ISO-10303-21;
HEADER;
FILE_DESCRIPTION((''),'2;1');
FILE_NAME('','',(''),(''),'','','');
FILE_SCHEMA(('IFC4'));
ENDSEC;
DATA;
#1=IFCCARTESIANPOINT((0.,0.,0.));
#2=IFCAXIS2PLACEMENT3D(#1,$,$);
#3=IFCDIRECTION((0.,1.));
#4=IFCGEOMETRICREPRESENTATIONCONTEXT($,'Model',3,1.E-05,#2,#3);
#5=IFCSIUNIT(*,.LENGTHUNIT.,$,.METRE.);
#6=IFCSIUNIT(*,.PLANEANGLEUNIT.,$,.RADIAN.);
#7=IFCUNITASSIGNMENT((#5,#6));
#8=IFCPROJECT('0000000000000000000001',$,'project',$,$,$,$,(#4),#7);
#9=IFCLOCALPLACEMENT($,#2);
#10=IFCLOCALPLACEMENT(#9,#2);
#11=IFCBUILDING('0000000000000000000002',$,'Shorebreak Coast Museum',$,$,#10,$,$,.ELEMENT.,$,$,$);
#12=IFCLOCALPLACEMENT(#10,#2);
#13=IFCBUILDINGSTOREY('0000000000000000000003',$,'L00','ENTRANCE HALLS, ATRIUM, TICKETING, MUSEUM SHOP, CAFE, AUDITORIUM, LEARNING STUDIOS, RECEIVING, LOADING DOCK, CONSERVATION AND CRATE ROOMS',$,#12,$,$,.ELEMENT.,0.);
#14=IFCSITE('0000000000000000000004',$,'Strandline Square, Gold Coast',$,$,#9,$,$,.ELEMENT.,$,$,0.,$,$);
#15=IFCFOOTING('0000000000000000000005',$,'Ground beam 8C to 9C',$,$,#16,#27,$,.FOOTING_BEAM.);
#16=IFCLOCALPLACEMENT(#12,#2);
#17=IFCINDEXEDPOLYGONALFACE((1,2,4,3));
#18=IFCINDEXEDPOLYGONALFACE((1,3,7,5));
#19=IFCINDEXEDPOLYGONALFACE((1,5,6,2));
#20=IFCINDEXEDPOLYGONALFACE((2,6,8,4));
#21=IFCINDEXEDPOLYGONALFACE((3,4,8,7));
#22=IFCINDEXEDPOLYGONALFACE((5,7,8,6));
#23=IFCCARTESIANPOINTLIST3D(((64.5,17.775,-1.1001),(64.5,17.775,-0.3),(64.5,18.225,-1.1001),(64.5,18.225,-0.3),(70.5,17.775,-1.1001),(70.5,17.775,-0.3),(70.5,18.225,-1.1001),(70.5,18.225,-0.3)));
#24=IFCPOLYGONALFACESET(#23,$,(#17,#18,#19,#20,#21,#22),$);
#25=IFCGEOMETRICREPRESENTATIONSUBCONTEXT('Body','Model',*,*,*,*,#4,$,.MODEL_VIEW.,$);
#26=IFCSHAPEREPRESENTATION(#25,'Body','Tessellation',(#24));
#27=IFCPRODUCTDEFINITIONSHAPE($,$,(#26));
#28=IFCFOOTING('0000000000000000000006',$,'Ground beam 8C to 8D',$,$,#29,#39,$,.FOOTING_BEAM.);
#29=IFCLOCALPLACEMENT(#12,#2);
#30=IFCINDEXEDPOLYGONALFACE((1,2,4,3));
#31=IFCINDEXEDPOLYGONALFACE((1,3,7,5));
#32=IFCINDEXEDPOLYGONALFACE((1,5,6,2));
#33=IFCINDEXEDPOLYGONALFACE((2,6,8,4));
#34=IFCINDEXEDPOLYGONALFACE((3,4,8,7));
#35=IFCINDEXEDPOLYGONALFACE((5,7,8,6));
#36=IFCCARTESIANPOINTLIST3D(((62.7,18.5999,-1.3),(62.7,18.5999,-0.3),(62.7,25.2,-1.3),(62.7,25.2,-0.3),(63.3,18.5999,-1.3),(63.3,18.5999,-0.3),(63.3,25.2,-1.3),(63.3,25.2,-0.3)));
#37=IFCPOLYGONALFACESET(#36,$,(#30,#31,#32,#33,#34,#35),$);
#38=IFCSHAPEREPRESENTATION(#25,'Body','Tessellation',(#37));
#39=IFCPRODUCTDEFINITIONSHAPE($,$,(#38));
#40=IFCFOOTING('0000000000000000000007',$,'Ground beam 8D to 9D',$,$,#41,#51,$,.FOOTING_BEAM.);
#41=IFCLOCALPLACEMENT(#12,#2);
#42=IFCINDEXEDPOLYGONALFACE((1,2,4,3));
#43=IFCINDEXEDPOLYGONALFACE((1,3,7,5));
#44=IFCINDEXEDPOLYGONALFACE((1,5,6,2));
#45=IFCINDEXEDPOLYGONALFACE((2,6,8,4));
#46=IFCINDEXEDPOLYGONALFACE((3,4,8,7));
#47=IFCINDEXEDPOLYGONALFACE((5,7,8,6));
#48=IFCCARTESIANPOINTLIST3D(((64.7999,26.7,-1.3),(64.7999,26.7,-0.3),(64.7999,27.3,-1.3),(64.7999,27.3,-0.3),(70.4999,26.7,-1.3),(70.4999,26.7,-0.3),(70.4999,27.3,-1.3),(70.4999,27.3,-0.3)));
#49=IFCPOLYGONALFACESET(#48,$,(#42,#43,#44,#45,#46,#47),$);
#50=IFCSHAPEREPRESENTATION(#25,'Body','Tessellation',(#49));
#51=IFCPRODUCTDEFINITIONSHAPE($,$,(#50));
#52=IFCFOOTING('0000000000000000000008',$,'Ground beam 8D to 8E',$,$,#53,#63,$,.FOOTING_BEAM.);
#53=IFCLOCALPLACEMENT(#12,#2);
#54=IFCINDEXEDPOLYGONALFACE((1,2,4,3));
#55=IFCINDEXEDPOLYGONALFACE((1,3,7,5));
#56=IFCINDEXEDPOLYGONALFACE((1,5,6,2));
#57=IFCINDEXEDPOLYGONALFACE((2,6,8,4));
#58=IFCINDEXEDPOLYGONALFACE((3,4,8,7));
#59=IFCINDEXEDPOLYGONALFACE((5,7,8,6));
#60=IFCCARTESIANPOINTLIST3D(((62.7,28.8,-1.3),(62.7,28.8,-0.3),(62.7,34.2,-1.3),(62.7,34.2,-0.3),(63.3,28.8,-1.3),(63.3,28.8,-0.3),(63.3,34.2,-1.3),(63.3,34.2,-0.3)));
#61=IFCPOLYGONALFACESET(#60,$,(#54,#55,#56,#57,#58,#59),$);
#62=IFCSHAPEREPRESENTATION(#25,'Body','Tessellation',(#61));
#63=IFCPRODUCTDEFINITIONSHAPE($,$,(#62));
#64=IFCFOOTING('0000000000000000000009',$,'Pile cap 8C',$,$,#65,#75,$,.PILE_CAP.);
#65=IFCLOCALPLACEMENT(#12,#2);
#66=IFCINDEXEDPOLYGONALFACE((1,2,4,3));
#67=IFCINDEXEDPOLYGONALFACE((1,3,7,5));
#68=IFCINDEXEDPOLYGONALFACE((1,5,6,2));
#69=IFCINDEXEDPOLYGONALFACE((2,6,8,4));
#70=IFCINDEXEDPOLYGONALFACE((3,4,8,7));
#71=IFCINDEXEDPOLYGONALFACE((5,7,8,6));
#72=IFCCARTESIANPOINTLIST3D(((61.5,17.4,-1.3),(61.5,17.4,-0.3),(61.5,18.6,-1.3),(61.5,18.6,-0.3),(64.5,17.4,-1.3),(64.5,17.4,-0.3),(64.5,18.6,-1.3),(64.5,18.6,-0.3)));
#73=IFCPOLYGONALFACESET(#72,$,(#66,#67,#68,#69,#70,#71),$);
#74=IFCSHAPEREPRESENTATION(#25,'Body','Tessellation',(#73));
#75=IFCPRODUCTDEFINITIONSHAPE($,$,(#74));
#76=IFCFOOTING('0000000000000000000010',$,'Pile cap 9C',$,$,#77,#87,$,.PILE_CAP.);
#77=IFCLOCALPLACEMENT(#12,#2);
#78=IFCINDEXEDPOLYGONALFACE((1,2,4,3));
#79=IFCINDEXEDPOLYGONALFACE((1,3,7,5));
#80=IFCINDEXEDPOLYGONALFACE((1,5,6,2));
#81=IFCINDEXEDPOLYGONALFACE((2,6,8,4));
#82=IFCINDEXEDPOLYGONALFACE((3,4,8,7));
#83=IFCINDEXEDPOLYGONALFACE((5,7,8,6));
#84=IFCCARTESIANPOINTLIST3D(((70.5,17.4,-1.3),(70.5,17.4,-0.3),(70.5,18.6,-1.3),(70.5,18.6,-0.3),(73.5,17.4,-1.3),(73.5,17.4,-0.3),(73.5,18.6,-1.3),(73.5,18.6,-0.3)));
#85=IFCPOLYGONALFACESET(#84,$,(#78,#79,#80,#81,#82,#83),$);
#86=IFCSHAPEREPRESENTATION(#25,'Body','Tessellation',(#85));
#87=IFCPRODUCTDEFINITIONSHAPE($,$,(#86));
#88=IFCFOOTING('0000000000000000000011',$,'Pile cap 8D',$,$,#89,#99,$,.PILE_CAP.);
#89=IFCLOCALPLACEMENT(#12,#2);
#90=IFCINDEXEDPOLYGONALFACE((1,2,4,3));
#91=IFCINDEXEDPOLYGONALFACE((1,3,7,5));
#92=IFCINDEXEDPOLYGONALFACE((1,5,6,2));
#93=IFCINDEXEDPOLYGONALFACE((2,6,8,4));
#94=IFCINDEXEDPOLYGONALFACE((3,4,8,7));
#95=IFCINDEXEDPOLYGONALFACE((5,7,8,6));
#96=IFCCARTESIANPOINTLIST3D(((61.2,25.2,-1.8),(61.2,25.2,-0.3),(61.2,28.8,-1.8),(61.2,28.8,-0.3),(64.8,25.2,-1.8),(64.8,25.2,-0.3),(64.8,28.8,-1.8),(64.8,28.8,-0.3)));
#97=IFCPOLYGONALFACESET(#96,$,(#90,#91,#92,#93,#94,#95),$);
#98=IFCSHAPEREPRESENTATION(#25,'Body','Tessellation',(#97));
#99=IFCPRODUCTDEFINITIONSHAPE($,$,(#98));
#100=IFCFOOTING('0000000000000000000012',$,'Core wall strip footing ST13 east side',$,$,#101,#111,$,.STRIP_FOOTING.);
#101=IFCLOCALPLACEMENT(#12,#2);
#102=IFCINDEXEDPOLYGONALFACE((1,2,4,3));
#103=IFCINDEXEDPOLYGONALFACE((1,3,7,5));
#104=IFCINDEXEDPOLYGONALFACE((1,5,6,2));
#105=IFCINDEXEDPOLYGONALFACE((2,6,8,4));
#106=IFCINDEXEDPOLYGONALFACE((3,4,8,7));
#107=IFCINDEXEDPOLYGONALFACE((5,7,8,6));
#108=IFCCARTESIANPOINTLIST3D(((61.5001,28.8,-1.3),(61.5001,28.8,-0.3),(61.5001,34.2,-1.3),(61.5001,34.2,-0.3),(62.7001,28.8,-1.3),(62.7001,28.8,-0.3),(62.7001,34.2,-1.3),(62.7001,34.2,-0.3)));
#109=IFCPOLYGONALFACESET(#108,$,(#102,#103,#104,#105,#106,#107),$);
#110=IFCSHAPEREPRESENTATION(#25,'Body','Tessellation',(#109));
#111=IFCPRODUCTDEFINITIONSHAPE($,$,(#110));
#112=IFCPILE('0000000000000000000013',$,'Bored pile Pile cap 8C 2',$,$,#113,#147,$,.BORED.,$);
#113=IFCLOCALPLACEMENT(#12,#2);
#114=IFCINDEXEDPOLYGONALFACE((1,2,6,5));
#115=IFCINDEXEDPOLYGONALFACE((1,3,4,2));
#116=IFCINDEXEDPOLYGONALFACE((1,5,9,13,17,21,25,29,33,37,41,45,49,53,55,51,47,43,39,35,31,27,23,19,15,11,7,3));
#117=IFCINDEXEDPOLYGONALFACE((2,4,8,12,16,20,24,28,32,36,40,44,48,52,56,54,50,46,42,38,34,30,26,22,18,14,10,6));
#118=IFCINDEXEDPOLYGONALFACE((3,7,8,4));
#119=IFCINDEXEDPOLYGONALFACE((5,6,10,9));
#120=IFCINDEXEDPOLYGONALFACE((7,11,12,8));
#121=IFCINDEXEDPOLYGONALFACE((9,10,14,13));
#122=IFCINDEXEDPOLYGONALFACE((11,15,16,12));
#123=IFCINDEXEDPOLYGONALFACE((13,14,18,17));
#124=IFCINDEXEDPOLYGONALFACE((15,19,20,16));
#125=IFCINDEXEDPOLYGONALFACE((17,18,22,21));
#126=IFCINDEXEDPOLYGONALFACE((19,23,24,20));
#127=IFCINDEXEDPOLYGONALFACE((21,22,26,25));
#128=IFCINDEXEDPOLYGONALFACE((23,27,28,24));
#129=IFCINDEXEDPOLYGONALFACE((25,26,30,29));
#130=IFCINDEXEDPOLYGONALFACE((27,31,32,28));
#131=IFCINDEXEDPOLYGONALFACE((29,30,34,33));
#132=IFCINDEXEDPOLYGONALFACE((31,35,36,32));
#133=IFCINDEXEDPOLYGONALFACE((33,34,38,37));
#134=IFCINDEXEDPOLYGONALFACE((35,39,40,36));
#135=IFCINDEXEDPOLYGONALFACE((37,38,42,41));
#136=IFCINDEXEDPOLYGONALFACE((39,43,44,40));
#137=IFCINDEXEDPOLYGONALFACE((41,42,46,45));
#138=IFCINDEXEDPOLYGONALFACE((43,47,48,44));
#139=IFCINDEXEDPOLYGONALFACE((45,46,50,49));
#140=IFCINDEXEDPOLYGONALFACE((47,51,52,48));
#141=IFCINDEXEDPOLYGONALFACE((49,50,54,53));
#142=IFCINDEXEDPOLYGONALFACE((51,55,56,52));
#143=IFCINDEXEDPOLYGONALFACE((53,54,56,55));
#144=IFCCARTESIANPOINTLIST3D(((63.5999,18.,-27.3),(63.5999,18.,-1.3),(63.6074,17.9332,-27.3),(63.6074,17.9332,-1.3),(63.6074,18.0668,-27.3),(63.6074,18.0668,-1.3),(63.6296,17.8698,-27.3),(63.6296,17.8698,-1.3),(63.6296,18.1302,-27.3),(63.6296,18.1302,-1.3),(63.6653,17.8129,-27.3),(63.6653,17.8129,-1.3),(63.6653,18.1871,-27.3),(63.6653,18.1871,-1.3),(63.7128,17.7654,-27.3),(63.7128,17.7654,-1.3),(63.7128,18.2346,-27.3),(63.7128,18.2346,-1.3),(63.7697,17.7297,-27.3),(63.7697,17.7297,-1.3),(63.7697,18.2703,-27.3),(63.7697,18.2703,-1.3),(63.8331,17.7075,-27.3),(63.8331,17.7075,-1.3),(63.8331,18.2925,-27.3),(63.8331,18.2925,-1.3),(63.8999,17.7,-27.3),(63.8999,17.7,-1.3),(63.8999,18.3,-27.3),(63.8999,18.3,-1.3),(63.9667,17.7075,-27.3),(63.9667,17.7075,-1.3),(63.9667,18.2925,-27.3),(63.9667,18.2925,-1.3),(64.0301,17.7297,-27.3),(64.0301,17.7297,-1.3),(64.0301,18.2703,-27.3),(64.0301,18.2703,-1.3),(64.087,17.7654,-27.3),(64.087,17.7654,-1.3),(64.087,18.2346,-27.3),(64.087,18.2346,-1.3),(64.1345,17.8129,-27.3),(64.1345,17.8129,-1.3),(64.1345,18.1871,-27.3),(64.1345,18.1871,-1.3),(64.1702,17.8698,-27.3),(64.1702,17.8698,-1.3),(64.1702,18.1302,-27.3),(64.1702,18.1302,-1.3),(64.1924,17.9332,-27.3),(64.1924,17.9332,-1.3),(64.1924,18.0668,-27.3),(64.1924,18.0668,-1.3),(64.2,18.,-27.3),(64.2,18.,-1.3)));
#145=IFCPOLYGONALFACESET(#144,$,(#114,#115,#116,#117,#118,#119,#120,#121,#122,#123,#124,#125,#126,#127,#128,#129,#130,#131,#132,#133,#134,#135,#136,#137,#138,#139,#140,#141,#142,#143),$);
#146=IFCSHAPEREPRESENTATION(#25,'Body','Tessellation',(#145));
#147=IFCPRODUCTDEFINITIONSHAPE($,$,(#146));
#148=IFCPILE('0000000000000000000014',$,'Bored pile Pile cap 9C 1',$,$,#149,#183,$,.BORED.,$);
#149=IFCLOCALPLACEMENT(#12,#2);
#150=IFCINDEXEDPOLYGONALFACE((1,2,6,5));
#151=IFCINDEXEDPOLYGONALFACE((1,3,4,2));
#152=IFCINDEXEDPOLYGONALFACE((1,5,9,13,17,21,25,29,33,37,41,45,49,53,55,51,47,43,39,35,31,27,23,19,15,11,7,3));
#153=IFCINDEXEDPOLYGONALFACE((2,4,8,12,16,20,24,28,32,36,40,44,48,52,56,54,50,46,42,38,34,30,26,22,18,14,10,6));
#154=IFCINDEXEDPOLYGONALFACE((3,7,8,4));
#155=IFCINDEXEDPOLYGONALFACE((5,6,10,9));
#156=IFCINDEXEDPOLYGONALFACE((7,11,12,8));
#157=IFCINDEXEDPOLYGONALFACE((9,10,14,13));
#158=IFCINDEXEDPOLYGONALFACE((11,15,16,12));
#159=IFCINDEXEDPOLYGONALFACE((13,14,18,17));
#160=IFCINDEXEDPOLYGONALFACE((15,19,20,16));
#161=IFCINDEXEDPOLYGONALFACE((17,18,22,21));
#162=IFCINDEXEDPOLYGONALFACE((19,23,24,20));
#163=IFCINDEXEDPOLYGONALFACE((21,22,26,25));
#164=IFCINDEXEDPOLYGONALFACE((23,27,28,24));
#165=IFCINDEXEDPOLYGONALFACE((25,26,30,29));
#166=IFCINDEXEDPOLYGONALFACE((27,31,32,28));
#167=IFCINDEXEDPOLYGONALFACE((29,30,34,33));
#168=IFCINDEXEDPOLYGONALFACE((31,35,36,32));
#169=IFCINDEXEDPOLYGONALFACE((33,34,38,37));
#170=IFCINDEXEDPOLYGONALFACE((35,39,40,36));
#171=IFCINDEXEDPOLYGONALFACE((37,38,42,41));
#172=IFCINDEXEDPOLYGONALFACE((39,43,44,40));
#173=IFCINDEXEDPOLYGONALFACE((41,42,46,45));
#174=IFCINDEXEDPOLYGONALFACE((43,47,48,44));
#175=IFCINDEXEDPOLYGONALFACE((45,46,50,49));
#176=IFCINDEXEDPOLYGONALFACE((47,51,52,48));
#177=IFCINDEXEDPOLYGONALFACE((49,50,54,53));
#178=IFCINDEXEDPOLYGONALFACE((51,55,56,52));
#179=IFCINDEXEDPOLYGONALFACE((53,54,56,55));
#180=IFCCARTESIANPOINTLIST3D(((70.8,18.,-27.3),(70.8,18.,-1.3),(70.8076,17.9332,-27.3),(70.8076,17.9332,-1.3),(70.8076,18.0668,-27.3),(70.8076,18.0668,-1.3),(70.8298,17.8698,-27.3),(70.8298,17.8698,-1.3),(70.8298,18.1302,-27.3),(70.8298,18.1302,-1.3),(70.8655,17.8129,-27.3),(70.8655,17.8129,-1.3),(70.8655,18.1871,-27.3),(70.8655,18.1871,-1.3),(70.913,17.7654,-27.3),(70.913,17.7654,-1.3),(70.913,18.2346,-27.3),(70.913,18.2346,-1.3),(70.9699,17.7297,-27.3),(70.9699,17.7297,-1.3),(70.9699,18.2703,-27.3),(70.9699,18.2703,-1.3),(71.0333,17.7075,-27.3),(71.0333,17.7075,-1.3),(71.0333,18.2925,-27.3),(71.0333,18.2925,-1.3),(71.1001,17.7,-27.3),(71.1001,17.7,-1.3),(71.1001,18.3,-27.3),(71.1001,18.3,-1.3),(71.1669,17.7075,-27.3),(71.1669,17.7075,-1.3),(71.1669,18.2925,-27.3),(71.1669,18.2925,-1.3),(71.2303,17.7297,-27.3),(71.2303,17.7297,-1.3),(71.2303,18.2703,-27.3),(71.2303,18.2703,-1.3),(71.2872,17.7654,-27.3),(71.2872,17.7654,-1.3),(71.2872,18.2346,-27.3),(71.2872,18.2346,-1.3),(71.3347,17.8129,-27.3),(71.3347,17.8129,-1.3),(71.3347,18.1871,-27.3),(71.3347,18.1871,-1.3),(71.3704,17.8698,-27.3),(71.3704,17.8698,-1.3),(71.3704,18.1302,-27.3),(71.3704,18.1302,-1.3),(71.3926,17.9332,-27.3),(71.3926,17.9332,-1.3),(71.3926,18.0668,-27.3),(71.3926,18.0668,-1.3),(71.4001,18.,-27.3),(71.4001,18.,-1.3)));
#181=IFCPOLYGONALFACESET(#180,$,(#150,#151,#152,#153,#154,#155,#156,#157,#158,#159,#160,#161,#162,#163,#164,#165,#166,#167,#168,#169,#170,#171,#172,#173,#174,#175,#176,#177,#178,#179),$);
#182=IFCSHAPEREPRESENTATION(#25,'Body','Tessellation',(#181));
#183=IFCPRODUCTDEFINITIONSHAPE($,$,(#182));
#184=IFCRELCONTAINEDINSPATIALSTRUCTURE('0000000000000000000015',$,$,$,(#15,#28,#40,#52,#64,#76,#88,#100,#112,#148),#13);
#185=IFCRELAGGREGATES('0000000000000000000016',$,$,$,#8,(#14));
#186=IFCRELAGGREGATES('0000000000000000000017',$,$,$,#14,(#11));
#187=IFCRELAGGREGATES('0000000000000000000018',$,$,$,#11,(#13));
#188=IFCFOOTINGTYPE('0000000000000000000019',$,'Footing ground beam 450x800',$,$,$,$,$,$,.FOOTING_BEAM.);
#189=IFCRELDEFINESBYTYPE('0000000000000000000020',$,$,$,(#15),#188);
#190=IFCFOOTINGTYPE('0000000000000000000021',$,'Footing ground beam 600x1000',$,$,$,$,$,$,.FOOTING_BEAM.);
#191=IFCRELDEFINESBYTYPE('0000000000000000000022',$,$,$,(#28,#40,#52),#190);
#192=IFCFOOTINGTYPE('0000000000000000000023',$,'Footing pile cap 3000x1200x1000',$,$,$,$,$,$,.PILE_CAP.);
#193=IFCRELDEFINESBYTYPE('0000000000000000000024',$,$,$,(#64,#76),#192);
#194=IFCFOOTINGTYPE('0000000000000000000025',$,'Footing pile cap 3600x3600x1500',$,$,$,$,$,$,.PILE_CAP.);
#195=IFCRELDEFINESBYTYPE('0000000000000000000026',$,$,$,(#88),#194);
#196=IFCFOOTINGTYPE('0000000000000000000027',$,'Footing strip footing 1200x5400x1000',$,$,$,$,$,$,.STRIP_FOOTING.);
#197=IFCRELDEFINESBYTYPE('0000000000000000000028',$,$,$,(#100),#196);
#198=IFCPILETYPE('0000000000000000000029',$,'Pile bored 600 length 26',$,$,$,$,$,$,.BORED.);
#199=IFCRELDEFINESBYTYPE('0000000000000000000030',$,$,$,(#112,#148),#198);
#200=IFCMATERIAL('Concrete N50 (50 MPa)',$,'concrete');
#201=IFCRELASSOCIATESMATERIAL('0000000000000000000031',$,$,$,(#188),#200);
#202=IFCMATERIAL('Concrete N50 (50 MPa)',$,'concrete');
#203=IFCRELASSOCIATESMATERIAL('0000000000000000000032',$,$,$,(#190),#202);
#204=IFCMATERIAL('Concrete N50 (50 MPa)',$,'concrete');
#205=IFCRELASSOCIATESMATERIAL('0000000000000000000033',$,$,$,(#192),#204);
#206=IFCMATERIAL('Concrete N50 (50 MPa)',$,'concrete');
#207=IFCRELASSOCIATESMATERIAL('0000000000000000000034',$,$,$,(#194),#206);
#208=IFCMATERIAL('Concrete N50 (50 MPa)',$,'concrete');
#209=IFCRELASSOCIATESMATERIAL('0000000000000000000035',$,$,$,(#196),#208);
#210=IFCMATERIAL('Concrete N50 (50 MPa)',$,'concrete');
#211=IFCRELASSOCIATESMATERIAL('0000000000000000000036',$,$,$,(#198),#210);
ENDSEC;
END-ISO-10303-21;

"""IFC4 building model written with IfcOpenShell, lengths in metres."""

from ifc_helpers import new_model, si_unit, direction, frame, origin, origin_2d, place, context, subcontext, project, spatial, rectangle, circle, extrude, material, material_profile, profile_set, type_object, element, save


model = new_model("IFC4")

# Units and contexts
model_context = context("Model", 3, precision=1e-05, world=origin(), true_north=direction((0.0, 1.0)))
body_context = subcontext(model_context, "Body", "Model", "MODEL_VIEW")
ifc_project = project(units=[si_unit("LENGTHUNIT", "METRE"), si_unit("PLANEANGLEUNIT", "RADIAN")], contexts=[model_context])

# Site, building, storey
site_placement = place(None, origin())
site = spatial("IfcSite", under=ifc_project, at=site_placement, Name="Strandline Square, Gold Coast", CompositionType="ELEMENT", RefElevation=0.0)
building_placement = place(site_placement, origin())
building = spatial("IfcBuilding", under=site, at=building_placement, Name="Shorebreak Coast Museum", CompositionType="ELEMENT")
storey_placement = place(building_placement, origin())
storey = spatial("IfcBuildingStorey", under=building, at=storey_placement, Name="L00", Description="ENTRANCE HALLS, ATRIUM, TICKETING, MUSEUM SHOP, CAFE, AUDITORIUM, LEARNING STUDIOS, RECEIVING, LOADING DOCK, CONSERVATION AND CRATE ROOMS", CompositionType="ELEMENT", Elevation=0.0)

# Footings
ifc_material_1 = material(Name="Concrete N50 (50 MPa)", Category="concrete")
footing_type_1 = type_object("IfcFootingType", Name="Footing ground beam 450x800", PredefinedType="FOOTING_BEAM", material=ifc_material_1)
footing_1_placement = place(storey_placement, frame((67.5, 18.0, -1.1001), z_axis=(0.0, 0.0, 1.0), x_axis=(1.0, 0.0, 0.0)))
element("IfcFooting", 1, at=footing_1_placement, inside=storey, type_object=footing_type_1, Name="Ground beam 8C to 9C", PredefinedType="FOOTING_BEAM", context=body_context, shape_type="SweptSolid", body=[
    extrude(rectangle(XDim=6.0, YDim=0.45, at=origin_2d()), origin(), (0.0, 0.0, 1.0), 0.8),
])
ifc_material_2 = material(Name="Concrete N50 (50 MPa)", Category="concrete")
footing_type_2 = type_object("IfcFootingType", Name="Footing ground beam 600x1000", PredefinedType="FOOTING_BEAM", material=ifc_material_2)
footing_2_placement = place(storey_placement, frame((63.0, 21.8999, -1.3), z_axis=(0.0, 0.0, 1.0), x_axis=(1.0, 0.0, 0.0)))
element("IfcFooting", 2, at=footing_2_placement, inside=storey, type_object=footing_type_2, Name="Ground beam 8C to 8D", PredefinedType="FOOTING_BEAM", context=body_context, shape_type="SweptSolid", body=[
    extrude(rectangle(XDim=0.6001, YDim=6.6001, at=origin_2d()), origin(), (0.0, 0.0, 1.0), 1.0),
])
footing_3_placement = place(storey_placement, frame((67.6499, 27.0, -1.3), z_axis=(0.0, 0.0, 1.0), x_axis=(1.0, 0.0, 0.0)))
element("IfcFooting", 3, at=footing_3_placement, inside=storey, type_object=footing_type_2, Name="Ground beam 8D to 9D", PredefinedType="FOOTING_BEAM", context=body_context, shape_type="SweptSolid", body=[
    extrude(rectangle(XDim=5.7, YDim=0.6001, at=origin_2d()), origin(), (0.0, 0.0, 1.0), 1.0),
])
footing_4_placement = place(storey_placement, frame((63.0, 31.5, -1.3), z_axis=(0.0, 0.0, 1.0), x_axis=(1.0, 0.0, 0.0)))
element("IfcFooting", 4, at=footing_4_placement, inside=storey, type_object=footing_type_2, Name="Ground beam 8D to 8E", PredefinedType="FOOTING_BEAM", context=body_context, shape_type="SweptSolid", body=[
    extrude(rectangle(XDim=0.6001, YDim=5.3999, at=origin_2d()), origin(), (0.0, 0.0, 1.0), 1.0),
])
ifc_material_3 = material(Name="Concrete N50 (50 MPa)", Category="concrete")
footing_type_3 = type_object("IfcFootingType", Name="Footing pile cap 3000x1200x1000", PredefinedType="PILE_CAP", material=ifc_material_3)
for number, where, z_axis, x_axis, name in (
    (5, (63.0, 18.0, -1.3), (0.0, 0.0, 1.0), (1.0, 0.0, 0.0), "Pile cap 8C"),
    (6, (72.0, 18.0, -1.3), (0.0, 0.0, 1.0), (1.0, 0.0, 0.0), "Pile cap 9C"),
):
    element("IfcFooting", number, at=place(storey_placement, frame(where, z_axis=z_axis, x_axis=x_axis)), inside=storey, type_object=footing_type_3, Name=name, PredefinedType="PILE_CAP", context=body_context, shape_type="SweptSolid", body=[
        extrude(rectangle(XDim=3.0, YDim=1.2, at=origin_2d()), origin(), (0.0, 0.0, 1.0), 1.0),
    ])
ifc_material_4 = material(Name="Concrete N50 (50 MPa)", Category="concrete")
footing_type_4 = type_object("IfcFootingType", Name="Footing pile cap 3600x3600x1500", PredefinedType="PILE_CAP", material=ifc_material_4)
footing_5_placement = place(storey_placement, frame((63.0, 27.0, -1.8), z_axis=(0.0, 0.0, 1.0), x_axis=(1.0, 0.0, 0.0)))
element("IfcFooting", 7, at=footing_5_placement, inside=storey, type_object=footing_type_4, Name="Pile cap 8D", PredefinedType="PILE_CAP", context=body_context, shape_type="SweptSolid", body=[
    extrude(rectangle(XDim=3.6001, YDim=3.6001, at=origin_2d()), origin(), (0.0, 0.0, 1.0), 1.5),
])
ifc_material_5 = material(Name="Concrete N50 (50 MPa)", Category="concrete")
footing_type_5 = type_object("IfcFootingType", Name="Footing strip footing 1200x5400x1000", PredefinedType="STRIP_FOOTING", material=ifc_material_5)
footing_6_placement = place(storey_placement, frame((62.1001, 31.5, -1.3), z_axis=(0.0, 0.0, 1.0), x_axis=(1.0, 0.0, 0.0)))
element("IfcFooting", 8, at=footing_6_placement, inside=storey, type_object=footing_type_5, Name="Core wall strip footing ST13 east side", PredefinedType="STRIP_FOOTING", context=body_context, shape_type="SweptSolid", body=[
    extrude(rectangle(XDim=1.2, YDim=5.3999, at=origin_2d()), origin(), (0.0, 0.0, 1.0), 1.0),
])

# Piles
ifc_material_6 = material(Name="Concrete N50 (50 MPa)", Category="concrete")
ifc_material_profile_1 = material_profile(ifc_material_6, circle(Radius=0.3, at=origin_2d()), Name="Pile bored 600 length 26")
ifc_profile_set_1 = profile_set([ifc_material_profile_1], Name="Concrete N50 (50 MPa)")
pile_type_1 = type_object("IfcPileType", Name="Pile bored 600 length 26", PredefinedType="BORED", material=ifc_profile_set_1)
for number, where, z_axis, x_axis, name in (
    (9, (63.8999, 18.0, -1.3), (0.0, 0.0, -1.0), (1.0, 0.0, 0.0), "Bored pile Pile cap 8C 2"),
    (10, (71.1001, 18.0, -1.3), (0.0, 0.0, -1.0), (1.0, 0.0, 0.0), "Bored pile Pile cap 9C 1"),
):
    element("IfcPile", number, at=place(storey_placement, frame(where, z_axis=z_axis, x_axis=x_axis)), inside=storey, type_object=pile_type_1, Name=name, PredefinedType="BORED", context=body_context, shape_type="SweptSolid", body=[
        extrude(circle(Radius=0.3, at=origin_2d()), origin(), (0.0, 0.0, 1.0), 26.0),
    ])

save(model, "model.ifc")
